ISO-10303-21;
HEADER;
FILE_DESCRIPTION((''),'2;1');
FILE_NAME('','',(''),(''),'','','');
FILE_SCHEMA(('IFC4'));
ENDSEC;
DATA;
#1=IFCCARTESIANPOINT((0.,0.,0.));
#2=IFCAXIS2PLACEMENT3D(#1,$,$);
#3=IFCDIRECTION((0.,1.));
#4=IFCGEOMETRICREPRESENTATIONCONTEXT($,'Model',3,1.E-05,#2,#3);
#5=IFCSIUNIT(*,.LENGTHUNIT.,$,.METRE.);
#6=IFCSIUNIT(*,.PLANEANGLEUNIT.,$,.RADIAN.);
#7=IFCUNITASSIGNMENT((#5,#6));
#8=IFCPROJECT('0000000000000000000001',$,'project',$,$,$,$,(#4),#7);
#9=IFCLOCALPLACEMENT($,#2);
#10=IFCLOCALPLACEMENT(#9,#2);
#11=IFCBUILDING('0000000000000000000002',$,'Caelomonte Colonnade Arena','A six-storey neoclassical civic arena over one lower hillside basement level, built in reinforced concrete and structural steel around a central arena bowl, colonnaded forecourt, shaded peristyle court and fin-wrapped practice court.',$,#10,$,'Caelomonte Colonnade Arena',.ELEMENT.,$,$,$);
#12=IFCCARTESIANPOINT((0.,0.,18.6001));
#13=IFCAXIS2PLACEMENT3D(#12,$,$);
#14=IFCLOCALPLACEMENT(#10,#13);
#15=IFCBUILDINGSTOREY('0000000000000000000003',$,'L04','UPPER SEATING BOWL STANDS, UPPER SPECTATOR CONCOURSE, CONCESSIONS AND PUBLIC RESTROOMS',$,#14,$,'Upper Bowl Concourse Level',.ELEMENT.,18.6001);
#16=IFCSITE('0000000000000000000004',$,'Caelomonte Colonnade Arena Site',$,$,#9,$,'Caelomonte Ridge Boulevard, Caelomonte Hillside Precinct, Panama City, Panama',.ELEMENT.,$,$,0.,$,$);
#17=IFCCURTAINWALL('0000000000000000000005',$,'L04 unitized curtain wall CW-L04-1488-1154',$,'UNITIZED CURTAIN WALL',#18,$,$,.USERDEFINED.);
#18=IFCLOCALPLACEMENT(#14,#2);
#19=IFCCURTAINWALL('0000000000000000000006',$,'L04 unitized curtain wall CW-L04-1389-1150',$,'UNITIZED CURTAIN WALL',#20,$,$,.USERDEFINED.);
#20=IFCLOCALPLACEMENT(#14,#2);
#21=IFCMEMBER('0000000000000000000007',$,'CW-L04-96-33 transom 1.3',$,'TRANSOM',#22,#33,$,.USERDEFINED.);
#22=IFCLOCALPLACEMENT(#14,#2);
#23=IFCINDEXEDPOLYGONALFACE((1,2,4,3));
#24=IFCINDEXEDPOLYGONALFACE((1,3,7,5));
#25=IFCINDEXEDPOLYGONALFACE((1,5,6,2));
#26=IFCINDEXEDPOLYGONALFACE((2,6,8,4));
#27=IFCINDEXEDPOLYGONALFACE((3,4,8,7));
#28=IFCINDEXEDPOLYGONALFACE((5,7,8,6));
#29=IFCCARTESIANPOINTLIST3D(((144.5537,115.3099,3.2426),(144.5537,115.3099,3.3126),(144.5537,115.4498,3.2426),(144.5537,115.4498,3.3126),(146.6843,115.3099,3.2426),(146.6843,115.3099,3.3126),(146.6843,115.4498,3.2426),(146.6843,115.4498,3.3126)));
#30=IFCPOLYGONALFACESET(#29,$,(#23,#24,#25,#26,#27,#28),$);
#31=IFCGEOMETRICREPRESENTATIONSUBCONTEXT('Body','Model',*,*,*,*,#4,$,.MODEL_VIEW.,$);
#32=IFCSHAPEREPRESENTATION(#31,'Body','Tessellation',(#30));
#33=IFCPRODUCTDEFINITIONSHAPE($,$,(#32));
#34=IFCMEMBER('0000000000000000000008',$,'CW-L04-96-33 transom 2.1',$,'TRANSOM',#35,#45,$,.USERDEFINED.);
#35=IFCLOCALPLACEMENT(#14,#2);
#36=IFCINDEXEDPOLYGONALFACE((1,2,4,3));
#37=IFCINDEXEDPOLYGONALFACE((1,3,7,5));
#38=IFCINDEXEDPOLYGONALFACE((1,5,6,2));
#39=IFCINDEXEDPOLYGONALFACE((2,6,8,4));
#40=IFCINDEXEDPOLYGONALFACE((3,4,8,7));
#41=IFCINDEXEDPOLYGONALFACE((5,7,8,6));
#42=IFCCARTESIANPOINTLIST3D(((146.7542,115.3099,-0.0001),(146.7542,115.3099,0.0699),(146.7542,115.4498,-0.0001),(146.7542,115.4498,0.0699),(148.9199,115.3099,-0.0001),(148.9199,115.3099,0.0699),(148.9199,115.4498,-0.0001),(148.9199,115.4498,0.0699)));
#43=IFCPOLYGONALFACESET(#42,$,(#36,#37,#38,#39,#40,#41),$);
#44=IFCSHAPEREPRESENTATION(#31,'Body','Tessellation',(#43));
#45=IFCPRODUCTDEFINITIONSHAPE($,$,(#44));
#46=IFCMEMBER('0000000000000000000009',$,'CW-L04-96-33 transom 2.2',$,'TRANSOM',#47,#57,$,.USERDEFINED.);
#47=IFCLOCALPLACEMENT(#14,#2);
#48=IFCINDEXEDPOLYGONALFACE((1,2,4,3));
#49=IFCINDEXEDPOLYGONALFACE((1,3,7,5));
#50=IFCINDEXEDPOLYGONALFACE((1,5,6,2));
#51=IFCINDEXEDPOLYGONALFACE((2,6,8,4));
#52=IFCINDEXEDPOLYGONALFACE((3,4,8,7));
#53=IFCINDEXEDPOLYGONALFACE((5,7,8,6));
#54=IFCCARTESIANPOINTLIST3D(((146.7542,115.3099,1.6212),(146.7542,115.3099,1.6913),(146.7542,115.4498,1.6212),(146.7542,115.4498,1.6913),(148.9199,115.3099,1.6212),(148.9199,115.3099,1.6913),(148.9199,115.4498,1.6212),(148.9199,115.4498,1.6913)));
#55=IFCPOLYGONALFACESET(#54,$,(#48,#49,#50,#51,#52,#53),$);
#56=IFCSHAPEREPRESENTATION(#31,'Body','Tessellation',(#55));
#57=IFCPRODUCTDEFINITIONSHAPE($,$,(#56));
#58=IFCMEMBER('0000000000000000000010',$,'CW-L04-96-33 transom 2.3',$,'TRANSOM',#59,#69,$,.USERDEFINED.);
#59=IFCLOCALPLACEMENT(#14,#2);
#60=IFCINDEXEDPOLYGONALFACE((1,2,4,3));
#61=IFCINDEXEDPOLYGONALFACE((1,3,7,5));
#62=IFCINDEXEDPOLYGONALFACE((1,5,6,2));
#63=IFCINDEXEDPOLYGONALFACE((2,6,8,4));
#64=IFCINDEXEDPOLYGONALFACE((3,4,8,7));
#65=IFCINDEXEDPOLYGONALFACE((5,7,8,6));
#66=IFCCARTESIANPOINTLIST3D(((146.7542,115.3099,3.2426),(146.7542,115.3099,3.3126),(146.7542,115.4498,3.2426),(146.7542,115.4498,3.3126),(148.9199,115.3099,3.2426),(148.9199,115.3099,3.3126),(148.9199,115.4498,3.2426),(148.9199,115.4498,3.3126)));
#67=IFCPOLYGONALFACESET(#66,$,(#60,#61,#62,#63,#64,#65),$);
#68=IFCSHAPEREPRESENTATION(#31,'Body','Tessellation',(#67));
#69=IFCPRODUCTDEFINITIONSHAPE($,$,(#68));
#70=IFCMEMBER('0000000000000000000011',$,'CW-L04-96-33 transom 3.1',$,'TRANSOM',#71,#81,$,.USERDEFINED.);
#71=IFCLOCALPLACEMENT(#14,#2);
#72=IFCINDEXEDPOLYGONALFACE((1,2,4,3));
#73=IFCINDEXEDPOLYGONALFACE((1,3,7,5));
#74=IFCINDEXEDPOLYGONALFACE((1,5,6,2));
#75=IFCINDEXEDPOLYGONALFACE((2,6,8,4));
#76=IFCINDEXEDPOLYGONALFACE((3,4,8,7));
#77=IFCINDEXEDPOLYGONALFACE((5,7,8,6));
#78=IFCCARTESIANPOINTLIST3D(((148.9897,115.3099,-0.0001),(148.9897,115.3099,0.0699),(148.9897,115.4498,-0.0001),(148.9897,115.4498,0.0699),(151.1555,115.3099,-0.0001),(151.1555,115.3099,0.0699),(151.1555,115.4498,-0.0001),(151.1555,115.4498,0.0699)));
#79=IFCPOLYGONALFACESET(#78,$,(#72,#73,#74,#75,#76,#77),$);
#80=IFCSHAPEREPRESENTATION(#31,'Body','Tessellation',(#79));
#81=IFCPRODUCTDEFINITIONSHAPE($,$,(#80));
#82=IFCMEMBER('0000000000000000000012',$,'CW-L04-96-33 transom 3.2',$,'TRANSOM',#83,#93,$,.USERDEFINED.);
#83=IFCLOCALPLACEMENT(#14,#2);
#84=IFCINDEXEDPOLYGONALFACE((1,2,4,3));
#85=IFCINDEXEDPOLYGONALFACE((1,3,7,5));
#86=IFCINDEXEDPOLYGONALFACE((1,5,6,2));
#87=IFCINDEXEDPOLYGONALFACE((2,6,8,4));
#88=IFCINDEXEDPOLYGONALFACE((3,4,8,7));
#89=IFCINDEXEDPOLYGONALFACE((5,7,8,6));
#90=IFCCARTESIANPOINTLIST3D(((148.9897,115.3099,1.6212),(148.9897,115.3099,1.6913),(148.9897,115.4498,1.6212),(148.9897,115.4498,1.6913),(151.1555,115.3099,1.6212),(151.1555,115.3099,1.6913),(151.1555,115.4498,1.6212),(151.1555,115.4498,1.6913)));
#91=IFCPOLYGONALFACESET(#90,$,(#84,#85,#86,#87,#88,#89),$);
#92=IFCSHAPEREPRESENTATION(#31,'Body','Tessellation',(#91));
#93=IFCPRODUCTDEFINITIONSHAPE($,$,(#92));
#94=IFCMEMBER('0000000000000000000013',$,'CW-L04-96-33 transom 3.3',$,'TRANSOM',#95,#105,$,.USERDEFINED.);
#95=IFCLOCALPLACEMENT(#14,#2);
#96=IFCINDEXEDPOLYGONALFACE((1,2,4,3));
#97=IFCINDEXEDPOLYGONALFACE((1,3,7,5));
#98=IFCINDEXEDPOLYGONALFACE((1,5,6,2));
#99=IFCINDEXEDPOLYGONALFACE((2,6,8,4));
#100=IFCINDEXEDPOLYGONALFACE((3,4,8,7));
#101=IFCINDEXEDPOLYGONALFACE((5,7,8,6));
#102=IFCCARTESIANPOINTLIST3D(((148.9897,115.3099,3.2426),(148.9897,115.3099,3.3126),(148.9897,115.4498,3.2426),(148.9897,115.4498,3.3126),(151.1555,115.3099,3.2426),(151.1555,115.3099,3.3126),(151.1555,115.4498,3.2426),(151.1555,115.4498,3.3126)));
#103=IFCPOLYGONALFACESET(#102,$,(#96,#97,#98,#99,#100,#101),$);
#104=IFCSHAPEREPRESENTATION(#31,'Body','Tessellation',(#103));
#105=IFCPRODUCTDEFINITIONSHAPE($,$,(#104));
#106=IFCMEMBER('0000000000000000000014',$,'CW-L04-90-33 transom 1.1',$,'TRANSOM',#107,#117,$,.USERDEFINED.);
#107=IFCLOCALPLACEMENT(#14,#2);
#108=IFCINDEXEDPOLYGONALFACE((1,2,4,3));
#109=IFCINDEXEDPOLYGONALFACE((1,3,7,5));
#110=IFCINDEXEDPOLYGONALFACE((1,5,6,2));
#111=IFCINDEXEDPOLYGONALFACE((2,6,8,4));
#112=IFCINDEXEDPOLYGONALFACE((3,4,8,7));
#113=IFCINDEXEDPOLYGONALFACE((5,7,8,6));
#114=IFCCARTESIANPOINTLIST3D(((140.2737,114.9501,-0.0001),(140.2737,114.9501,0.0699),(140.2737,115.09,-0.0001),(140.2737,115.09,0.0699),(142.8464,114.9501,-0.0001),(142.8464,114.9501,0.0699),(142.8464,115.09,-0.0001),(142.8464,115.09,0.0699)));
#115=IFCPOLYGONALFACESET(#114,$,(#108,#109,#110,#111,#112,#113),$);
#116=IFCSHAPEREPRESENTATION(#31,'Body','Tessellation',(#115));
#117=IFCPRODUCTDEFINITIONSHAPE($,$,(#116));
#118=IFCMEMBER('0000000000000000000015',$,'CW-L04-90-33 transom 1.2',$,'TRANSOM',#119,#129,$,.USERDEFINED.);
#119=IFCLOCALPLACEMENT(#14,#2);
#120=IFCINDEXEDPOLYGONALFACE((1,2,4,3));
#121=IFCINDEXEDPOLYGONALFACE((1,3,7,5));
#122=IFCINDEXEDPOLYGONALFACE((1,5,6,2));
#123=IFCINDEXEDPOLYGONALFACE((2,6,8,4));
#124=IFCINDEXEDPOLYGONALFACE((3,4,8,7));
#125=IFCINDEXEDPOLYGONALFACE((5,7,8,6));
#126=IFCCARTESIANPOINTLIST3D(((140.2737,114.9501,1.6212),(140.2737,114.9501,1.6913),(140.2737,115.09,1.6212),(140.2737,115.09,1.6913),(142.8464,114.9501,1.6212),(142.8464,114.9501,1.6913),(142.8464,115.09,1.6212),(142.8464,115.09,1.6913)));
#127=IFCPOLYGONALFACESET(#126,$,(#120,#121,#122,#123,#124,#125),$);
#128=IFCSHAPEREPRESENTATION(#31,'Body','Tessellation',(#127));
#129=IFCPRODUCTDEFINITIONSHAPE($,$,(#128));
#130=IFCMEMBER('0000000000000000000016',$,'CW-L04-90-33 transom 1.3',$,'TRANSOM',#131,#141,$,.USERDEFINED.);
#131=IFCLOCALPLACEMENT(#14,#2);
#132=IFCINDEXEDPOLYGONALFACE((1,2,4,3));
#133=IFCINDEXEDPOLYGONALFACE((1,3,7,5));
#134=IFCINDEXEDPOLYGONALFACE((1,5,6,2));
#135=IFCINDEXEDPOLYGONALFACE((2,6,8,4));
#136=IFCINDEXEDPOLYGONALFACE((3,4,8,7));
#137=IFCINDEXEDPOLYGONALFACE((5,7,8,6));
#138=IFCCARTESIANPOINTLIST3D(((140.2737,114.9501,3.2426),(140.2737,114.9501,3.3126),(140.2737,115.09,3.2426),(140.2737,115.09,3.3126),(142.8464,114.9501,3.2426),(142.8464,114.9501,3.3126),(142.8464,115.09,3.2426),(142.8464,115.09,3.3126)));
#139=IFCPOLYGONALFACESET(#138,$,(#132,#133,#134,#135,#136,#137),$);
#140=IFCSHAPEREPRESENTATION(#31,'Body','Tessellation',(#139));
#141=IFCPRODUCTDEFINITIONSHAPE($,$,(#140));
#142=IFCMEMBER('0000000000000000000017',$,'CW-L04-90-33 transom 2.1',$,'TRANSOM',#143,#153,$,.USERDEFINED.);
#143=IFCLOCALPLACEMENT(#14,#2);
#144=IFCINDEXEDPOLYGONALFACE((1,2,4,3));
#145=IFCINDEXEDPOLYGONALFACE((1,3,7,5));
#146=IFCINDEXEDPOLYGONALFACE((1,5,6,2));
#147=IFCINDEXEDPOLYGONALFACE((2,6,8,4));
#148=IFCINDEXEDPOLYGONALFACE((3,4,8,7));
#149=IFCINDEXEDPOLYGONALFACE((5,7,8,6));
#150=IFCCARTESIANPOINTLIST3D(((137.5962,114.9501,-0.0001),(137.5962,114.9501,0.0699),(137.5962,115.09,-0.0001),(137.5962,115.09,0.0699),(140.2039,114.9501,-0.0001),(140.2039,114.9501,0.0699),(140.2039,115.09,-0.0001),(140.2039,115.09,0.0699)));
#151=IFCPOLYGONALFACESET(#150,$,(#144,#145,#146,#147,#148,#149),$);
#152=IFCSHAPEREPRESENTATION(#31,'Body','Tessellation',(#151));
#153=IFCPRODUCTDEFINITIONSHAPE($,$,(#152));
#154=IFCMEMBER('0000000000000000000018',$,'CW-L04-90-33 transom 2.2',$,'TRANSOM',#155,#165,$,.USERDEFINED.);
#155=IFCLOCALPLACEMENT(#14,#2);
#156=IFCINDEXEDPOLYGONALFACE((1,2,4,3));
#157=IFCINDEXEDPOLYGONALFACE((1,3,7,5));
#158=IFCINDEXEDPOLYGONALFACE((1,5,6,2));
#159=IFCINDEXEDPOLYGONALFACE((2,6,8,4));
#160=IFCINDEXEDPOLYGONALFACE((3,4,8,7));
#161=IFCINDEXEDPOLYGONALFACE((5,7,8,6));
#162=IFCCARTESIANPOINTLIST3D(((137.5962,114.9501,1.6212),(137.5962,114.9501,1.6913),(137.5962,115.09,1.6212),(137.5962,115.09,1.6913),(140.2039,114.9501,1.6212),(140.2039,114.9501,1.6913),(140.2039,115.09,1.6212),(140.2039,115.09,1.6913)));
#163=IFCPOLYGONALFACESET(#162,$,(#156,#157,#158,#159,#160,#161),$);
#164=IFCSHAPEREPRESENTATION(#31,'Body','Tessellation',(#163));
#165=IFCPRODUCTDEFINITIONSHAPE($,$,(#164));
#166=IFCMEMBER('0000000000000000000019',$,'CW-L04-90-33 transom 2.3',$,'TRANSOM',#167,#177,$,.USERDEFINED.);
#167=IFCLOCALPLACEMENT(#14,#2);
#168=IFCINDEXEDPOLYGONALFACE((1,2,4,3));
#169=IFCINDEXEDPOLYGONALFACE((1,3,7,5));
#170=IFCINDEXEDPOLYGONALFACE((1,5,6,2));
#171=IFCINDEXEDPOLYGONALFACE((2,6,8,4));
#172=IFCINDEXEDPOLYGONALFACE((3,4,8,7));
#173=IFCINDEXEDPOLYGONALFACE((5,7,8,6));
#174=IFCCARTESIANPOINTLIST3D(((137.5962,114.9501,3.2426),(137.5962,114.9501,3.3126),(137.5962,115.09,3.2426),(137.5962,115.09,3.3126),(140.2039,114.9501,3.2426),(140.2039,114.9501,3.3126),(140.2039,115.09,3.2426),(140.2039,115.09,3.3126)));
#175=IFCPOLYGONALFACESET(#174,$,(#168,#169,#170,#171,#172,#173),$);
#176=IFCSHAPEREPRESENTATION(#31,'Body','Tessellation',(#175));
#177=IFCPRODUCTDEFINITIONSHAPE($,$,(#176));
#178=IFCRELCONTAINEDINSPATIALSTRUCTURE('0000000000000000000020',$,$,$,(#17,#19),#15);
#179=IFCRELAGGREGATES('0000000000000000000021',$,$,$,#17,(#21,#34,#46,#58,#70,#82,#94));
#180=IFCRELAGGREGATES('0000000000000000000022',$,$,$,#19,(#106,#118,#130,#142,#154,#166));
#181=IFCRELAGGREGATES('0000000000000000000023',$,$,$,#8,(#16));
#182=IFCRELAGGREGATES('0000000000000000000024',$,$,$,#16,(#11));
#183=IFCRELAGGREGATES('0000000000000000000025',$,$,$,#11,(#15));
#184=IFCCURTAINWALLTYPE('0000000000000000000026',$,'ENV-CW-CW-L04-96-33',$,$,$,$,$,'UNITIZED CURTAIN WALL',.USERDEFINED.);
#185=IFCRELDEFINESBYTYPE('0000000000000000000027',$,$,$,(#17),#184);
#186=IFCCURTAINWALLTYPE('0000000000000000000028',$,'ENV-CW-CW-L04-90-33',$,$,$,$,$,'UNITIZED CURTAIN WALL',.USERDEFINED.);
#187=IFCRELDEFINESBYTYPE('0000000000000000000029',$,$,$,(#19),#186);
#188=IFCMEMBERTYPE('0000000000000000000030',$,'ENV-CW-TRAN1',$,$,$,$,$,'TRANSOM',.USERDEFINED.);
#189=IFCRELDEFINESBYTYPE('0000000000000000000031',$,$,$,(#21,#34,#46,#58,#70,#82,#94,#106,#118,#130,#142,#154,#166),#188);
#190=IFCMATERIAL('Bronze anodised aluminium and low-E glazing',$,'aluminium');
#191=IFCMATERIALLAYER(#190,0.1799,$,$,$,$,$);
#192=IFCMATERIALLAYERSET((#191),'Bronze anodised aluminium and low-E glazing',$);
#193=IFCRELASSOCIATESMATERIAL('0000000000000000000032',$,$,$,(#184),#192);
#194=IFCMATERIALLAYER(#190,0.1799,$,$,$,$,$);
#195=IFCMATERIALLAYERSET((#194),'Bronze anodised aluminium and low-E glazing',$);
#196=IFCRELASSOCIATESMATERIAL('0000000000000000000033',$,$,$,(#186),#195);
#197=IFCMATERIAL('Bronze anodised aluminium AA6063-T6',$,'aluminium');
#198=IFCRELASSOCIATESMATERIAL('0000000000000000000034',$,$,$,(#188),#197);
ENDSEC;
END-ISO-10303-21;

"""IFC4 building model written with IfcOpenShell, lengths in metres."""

from ifc_helpers import new_model, si_unit, direction, frame, origin, origin_2d, place, context, subcontext, project, spatial, rectangle, extrude, material, layer, layer_set, material_profile, profile_set, type_object, element, aggregate, save


model = new_model("IFC4")

# Units and contexts
model_context = context("Model", 3, precision=1e-05, world=origin(), true_north=direction((0.0, 1.0)))
body_context = subcontext(model_context, "Body", "Model", "MODEL_VIEW")
ifc_project = project(units=[si_unit("LENGTHUNIT", "METRE"), si_unit("PLANEANGLEUNIT", "RADIAN")], contexts=[model_context])

# Site, building, storey
site_placement = place(None, origin())
site = spatial("IfcSite", under=ifc_project, at=site_placement, Name="Caelomonte Colonnade Arena Site", LongName="Caelomonte Ridge Boulevard, Caelomonte Hillside Precinct, Panama City, Panama", CompositionType="ELEMENT", RefElevation=0.0)
building_placement = place(site_placement, origin())
building = spatial("IfcBuilding", under=site, at=building_placement, Name="Caelomonte Colonnade Arena", Description="A six-storey neoclassical civic arena over one lower hillside basement level, built in reinforced concrete and structural steel around a central arena bowl, colonnaded forecourt, shaded peristyle court and fin-wrapped practice court.", LongName="Caelomonte Colonnade Arena", CompositionType="ELEMENT")
storey_placement = place(building_placement, frame((0.0, 0.0, 18.6001)))
storey = spatial("IfcBuildingStorey", under=building, at=storey_placement, Name="L04", Description="UPPER SEATING BOWL STANDS, UPPER SPECTATOR CONCOURSE, CONCESSIONS AND PUBLIC RESTROOMS", LongName="Upper Bowl Concourse Level", CompositionType="ELEMENT", Elevation=18.6001)

# Curtain walls
ifc_material_1 = material(Name="Bronze anodised aluminium and low-E glazing", Category="aluminium")
ifc_layer_1 = layer(ifc_material_1, 0.1799)
ifc_layer_set_1 = layer_set([ifc_layer_1], Name="Bronze anodised aluminium and low-E glazing")
curtain_wall_type_1 = type_object("IfcCurtainWallType", Name="ENV-CW-CW-L04-96-33", ElementType="UNITIZED CURTAIN WALL", PredefinedType="USERDEFINED", material=ifc_layer_set_1)
curtain_wall_1_placement = place(storey_placement, origin())
curtain_wall_1 = element("IfcCurtainWall", 1, at=curtain_wall_1_placement, inside=storey, type_object=curtain_wall_type_1, Name="L04 unitized curtain wall CW-L04-1488-1154", ObjectType="UNITIZED CURTAIN WALL", PredefinedType="USERDEFINED")
ifc_material_2 = material(Name="Bronze anodised aluminium AA6063-T6", Category="aluminium")
ifc_layer_2 = layer(ifc_material_1, 0.1799)
ifc_layer_set_2 = layer_set([ifc_layer_2], Name="Bronze anodised aluminium and low-E glazing")
curtain_wall_type_2 = type_object("IfcCurtainWallType", Name="ENV-CW-CW-L04-90-33", ElementType="UNITIZED CURTAIN WALL", PredefinedType="USERDEFINED", material=ifc_layer_set_2)
curtain_wall_2_placement = place(storey_placement, origin())
curtain_wall_2 = element("IfcCurtainWall", 2, at=curtain_wall_2_placement, inside=storey, type_object=curtain_wall_type_2, Name="L04 unitized curtain wall CW-L04-1389-1150", ObjectType="UNITIZED CURTAIN WALL", PredefinedType="USERDEFINED")

# Members
ifc_material_profile_1 = material_profile(ifc_material_2, rectangle(XDim=0.0701, YDim=0.1399, at=origin_2d()), Name="CWT-70X140")
ifc_profile_set_1 = profile_set([ifc_material_profile_1], Name="Bronze anodised aluminium AA6063-T6")
member_type_1 = type_object("IfcMemberType", Name="ENV-CW-TRAN1", ElementType="TRANSOM", PredefinedType="USERDEFINED", material=ifc_profile_set_1)
member_1_placement = place(storey_placement, frame((144.5537, 115.3799, 3.2776), z_axis=(1.0, 0.0, 0.0), x_axis=(0.0, 0.0, 1.0)))
member_1 = element("IfcMember", 3, at=member_1_placement, type_object=member_type_1, Name="CW-L04-96-33 transom 1.3", ObjectType="TRANSOM", PredefinedType="USERDEFINED", context=body_context, shape_type="SweptSolid", body=[
    extrude(rectangle(XDim=0.0701, YDim=0.1399, at=origin_2d()), origin(), (0.0, 0.0, 1.0), 2.1306),
])
member_2_placement = place(storey_placement, frame((146.7542, 115.3799, 0.0349), z_axis=(1.0, 0.0, 0.0), x_axis=(0.0, 0.0, 1.0)))
member_2 = element("IfcMember", 4, at=member_2_placement, type_object=member_type_1, Name="CW-L04-96-33 transom 2.1", ObjectType="TRANSOM", PredefinedType="USERDEFINED", context=body_context, shape_type="SweptSolid", body=[
    extrude(rectangle(XDim=0.0701, YDim=0.1399, at=origin_2d()), origin(), (0.0, 0.0, 1.0), 2.1658),
])
member_3_placement = place(storey_placement, frame((146.7542, 115.3799, 1.6562), z_axis=(1.0, 0.0, 0.0), x_axis=(0.0, 0.0, 1.0)))
member_3 = element("IfcMember", 5, at=member_3_placement, type_object=member_type_1, Name="CW-L04-96-33 transom 2.2", ObjectType="TRANSOM", PredefinedType="USERDEFINED", context=body_context, shape_type="SweptSolid", body=[
    extrude(rectangle(XDim=0.0701, YDim=0.1399, at=origin_2d()), origin(), (0.0, 0.0, 1.0), 2.1658),
])
member_4_placement = place(storey_placement, frame((146.7542, 115.3799, 3.2776), z_axis=(1.0, 0.0, 0.0), x_axis=(0.0, 0.0, 1.0)))
member_4 = element("IfcMember", 6, at=member_4_placement, type_object=member_type_1, Name="CW-L04-96-33 transom 2.3", ObjectType="TRANSOM", PredefinedType="USERDEFINED", context=body_context, shape_type="SweptSolid", body=[
    extrude(rectangle(XDim=0.0701, YDim=0.1399, at=origin_2d()), origin(), (0.0, 0.0, 1.0), 2.1658),
])
member_5_placement = place(storey_placement, frame((148.9897, 115.3799, 0.0349), z_axis=(1.0, 0.0, 0.0), x_axis=(0.0, 0.0, 1.0)))
member_5 = element("IfcMember", 7, at=member_5_placement, type_object=member_type_1, Name="CW-L04-96-33 transom 3.1", ObjectType="TRANSOM", PredefinedType="USERDEFINED", context=body_context, shape_type="SweptSolid", body=[
    extrude(rectangle(XDim=0.0701, YDim=0.1399, at=origin_2d()), origin(), (0.0, 0.0, 1.0), 2.1658),
])
member_6_placement = place(storey_placement, frame((148.9897, 115.3799, 1.6562), z_axis=(1.0, 0.0, 0.0), x_axis=(0.0, 0.0, 1.0)))
member_6 = element("IfcMember", 8, at=member_6_placement, type_object=member_type_1, Name="CW-L04-96-33 transom 3.2", ObjectType="TRANSOM", PredefinedType="USERDEFINED", context=body_context, shape_type="SweptSolid", body=[
    extrude(rectangle(XDim=0.0701, YDim=0.1399, at=origin_2d()), origin(), (0.0, 0.0, 1.0), 2.1658),
])
member_7_placement = place(storey_placement, frame((148.9897, 115.3799, 3.2776), z_axis=(1.0, 0.0, 0.0), x_axis=(0.0, 0.0, 1.0)))
member_7 = element("IfcMember", 9, at=member_7_placement, type_object=member_type_1, Name="CW-L04-96-33 transom 3.3", ObjectType="TRANSOM", PredefinedType="USERDEFINED", context=body_context, shape_type="SweptSolid", body=[
    extrude(rectangle(XDim=0.0701, YDim=0.1399, at=origin_2d()), origin(), (0.0, 0.0, 1.0), 2.1658),
])
member_8_placement = place(storey_placement, frame((142.8464, 115.02, 0.0349), z_axis=(-1.0, 0.0, 0.0), x_axis=(0.0, 0.0, 1.0)))
member_8 = element("IfcMember", 10, at=member_8_placement, type_object=member_type_1, Name="CW-L04-90-33 transom 1.1", ObjectType="TRANSOM", PredefinedType="USERDEFINED", context=body_context, shape_type="SweptSolid", body=[
    extrude(rectangle(XDim=0.0701, YDim=0.1399, at=origin_2d()), origin(), (0.0, 0.0, 1.0), 2.5728),
])
member_9_placement = place(storey_placement, frame((142.8464, 115.02, 1.6562), z_axis=(-1.0, 0.0, 0.0), x_axis=(0.0, 0.0, 1.0)))
member_9 = element("IfcMember", 11, at=member_9_placement, type_object=member_type_1, Name="CW-L04-90-33 transom 1.2", ObjectType="TRANSOM", PredefinedType="USERDEFINED", context=body_context, shape_type="SweptSolid", body=[
    extrude(rectangle(XDim=0.0701, YDim=0.1399, at=origin_2d()), origin(), (0.0, 0.0, 1.0), 2.5728),
])
member_10_placement = place(storey_placement, frame((142.8464, 115.02, 3.2776), z_axis=(-1.0, 0.0, 0.0), x_axis=(0.0, 0.0, 1.0)))
member_10 = element("IfcMember", 12, at=member_10_placement, type_object=member_type_1, Name="CW-L04-90-33 transom 1.3", ObjectType="TRANSOM", PredefinedType="USERDEFINED", context=body_context, shape_type="SweptSolid", body=[
    extrude(rectangle(XDim=0.0701, YDim=0.1399, at=origin_2d()), origin(), (0.0, 0.0, 1.0), 2.5728),
])
member_11_placement = place(storey_placement, frame((140.2039, 115.02, 0.0349), z_axis=(-1.0, 0.0, 0.0), x_axis=(0.0, 0.0, 1.0)))
member_11 = element("IfcMember", 13, at=member_11_placement, type_object=member_type_1, Name="CW-L04-90-33 transom 2.1", ObjectType="TRANSOM", PredefinedType="USERDEFINED", context=body_context, shape_type="SweptSolid", body=[
    extrude(rectangle(XDim=0.0701, YDim=0.1399, at=origin_2d()), origin(), (0.0, 0.0, 1.0), 2.6077),
])
member_12_placement = place(storey_placement, frame((140.2039, 115.02, 1.6562), z_axis=(-1.0, 0.0, 0.0), x_axis=(0.0, 0.0, 1.0)))
member_12 = element("IfcMember", 14, at=member_12_placement, type_object=member_type_1, Name="CW-L04-90-33 transom 2.2", ObjectType="TRANSOM", PredefinedType="USERDEFINED", context=body_context, shape_type="SweptSolid", body=[
    extrude(rectangle(XDim=0.0701, YDim=0.1399, at=origin_2d()), origin(), (0.0, 0.0, 1.0), 2.6077),
])
member_13_placement = place(storey_placement, frame((140.2039, 115.02, 3.2776), z_axis=(-1.0, 0.0, 0.0), x_axis=(0.0, 0.0, 1.0)))
member_13 = element("IfcMember", 15, at=member_13_placement, type_object=member_type_1, Name="CW-L04-90-33 transom 2.3", ObjectType="TRANSOM", PredefinedType="USERDEFINED", context=body_context, shape_type="SweptSolid", body=[
    extrude(rectangle(XDim=0.0701, YDim=0.1399, at=origin_2d()), origin(), (0.0, 0.0, 1.0), 2.6077),
])

aggregate(curtain_wall_1, [member_1, member_2, member_3, member_4, member_5, member_6, member_7])
aggregate(curtain_wall_2, [member_8, member_9, member_10, member_11, member_12, member_13])

save(model, "model.ifc")
